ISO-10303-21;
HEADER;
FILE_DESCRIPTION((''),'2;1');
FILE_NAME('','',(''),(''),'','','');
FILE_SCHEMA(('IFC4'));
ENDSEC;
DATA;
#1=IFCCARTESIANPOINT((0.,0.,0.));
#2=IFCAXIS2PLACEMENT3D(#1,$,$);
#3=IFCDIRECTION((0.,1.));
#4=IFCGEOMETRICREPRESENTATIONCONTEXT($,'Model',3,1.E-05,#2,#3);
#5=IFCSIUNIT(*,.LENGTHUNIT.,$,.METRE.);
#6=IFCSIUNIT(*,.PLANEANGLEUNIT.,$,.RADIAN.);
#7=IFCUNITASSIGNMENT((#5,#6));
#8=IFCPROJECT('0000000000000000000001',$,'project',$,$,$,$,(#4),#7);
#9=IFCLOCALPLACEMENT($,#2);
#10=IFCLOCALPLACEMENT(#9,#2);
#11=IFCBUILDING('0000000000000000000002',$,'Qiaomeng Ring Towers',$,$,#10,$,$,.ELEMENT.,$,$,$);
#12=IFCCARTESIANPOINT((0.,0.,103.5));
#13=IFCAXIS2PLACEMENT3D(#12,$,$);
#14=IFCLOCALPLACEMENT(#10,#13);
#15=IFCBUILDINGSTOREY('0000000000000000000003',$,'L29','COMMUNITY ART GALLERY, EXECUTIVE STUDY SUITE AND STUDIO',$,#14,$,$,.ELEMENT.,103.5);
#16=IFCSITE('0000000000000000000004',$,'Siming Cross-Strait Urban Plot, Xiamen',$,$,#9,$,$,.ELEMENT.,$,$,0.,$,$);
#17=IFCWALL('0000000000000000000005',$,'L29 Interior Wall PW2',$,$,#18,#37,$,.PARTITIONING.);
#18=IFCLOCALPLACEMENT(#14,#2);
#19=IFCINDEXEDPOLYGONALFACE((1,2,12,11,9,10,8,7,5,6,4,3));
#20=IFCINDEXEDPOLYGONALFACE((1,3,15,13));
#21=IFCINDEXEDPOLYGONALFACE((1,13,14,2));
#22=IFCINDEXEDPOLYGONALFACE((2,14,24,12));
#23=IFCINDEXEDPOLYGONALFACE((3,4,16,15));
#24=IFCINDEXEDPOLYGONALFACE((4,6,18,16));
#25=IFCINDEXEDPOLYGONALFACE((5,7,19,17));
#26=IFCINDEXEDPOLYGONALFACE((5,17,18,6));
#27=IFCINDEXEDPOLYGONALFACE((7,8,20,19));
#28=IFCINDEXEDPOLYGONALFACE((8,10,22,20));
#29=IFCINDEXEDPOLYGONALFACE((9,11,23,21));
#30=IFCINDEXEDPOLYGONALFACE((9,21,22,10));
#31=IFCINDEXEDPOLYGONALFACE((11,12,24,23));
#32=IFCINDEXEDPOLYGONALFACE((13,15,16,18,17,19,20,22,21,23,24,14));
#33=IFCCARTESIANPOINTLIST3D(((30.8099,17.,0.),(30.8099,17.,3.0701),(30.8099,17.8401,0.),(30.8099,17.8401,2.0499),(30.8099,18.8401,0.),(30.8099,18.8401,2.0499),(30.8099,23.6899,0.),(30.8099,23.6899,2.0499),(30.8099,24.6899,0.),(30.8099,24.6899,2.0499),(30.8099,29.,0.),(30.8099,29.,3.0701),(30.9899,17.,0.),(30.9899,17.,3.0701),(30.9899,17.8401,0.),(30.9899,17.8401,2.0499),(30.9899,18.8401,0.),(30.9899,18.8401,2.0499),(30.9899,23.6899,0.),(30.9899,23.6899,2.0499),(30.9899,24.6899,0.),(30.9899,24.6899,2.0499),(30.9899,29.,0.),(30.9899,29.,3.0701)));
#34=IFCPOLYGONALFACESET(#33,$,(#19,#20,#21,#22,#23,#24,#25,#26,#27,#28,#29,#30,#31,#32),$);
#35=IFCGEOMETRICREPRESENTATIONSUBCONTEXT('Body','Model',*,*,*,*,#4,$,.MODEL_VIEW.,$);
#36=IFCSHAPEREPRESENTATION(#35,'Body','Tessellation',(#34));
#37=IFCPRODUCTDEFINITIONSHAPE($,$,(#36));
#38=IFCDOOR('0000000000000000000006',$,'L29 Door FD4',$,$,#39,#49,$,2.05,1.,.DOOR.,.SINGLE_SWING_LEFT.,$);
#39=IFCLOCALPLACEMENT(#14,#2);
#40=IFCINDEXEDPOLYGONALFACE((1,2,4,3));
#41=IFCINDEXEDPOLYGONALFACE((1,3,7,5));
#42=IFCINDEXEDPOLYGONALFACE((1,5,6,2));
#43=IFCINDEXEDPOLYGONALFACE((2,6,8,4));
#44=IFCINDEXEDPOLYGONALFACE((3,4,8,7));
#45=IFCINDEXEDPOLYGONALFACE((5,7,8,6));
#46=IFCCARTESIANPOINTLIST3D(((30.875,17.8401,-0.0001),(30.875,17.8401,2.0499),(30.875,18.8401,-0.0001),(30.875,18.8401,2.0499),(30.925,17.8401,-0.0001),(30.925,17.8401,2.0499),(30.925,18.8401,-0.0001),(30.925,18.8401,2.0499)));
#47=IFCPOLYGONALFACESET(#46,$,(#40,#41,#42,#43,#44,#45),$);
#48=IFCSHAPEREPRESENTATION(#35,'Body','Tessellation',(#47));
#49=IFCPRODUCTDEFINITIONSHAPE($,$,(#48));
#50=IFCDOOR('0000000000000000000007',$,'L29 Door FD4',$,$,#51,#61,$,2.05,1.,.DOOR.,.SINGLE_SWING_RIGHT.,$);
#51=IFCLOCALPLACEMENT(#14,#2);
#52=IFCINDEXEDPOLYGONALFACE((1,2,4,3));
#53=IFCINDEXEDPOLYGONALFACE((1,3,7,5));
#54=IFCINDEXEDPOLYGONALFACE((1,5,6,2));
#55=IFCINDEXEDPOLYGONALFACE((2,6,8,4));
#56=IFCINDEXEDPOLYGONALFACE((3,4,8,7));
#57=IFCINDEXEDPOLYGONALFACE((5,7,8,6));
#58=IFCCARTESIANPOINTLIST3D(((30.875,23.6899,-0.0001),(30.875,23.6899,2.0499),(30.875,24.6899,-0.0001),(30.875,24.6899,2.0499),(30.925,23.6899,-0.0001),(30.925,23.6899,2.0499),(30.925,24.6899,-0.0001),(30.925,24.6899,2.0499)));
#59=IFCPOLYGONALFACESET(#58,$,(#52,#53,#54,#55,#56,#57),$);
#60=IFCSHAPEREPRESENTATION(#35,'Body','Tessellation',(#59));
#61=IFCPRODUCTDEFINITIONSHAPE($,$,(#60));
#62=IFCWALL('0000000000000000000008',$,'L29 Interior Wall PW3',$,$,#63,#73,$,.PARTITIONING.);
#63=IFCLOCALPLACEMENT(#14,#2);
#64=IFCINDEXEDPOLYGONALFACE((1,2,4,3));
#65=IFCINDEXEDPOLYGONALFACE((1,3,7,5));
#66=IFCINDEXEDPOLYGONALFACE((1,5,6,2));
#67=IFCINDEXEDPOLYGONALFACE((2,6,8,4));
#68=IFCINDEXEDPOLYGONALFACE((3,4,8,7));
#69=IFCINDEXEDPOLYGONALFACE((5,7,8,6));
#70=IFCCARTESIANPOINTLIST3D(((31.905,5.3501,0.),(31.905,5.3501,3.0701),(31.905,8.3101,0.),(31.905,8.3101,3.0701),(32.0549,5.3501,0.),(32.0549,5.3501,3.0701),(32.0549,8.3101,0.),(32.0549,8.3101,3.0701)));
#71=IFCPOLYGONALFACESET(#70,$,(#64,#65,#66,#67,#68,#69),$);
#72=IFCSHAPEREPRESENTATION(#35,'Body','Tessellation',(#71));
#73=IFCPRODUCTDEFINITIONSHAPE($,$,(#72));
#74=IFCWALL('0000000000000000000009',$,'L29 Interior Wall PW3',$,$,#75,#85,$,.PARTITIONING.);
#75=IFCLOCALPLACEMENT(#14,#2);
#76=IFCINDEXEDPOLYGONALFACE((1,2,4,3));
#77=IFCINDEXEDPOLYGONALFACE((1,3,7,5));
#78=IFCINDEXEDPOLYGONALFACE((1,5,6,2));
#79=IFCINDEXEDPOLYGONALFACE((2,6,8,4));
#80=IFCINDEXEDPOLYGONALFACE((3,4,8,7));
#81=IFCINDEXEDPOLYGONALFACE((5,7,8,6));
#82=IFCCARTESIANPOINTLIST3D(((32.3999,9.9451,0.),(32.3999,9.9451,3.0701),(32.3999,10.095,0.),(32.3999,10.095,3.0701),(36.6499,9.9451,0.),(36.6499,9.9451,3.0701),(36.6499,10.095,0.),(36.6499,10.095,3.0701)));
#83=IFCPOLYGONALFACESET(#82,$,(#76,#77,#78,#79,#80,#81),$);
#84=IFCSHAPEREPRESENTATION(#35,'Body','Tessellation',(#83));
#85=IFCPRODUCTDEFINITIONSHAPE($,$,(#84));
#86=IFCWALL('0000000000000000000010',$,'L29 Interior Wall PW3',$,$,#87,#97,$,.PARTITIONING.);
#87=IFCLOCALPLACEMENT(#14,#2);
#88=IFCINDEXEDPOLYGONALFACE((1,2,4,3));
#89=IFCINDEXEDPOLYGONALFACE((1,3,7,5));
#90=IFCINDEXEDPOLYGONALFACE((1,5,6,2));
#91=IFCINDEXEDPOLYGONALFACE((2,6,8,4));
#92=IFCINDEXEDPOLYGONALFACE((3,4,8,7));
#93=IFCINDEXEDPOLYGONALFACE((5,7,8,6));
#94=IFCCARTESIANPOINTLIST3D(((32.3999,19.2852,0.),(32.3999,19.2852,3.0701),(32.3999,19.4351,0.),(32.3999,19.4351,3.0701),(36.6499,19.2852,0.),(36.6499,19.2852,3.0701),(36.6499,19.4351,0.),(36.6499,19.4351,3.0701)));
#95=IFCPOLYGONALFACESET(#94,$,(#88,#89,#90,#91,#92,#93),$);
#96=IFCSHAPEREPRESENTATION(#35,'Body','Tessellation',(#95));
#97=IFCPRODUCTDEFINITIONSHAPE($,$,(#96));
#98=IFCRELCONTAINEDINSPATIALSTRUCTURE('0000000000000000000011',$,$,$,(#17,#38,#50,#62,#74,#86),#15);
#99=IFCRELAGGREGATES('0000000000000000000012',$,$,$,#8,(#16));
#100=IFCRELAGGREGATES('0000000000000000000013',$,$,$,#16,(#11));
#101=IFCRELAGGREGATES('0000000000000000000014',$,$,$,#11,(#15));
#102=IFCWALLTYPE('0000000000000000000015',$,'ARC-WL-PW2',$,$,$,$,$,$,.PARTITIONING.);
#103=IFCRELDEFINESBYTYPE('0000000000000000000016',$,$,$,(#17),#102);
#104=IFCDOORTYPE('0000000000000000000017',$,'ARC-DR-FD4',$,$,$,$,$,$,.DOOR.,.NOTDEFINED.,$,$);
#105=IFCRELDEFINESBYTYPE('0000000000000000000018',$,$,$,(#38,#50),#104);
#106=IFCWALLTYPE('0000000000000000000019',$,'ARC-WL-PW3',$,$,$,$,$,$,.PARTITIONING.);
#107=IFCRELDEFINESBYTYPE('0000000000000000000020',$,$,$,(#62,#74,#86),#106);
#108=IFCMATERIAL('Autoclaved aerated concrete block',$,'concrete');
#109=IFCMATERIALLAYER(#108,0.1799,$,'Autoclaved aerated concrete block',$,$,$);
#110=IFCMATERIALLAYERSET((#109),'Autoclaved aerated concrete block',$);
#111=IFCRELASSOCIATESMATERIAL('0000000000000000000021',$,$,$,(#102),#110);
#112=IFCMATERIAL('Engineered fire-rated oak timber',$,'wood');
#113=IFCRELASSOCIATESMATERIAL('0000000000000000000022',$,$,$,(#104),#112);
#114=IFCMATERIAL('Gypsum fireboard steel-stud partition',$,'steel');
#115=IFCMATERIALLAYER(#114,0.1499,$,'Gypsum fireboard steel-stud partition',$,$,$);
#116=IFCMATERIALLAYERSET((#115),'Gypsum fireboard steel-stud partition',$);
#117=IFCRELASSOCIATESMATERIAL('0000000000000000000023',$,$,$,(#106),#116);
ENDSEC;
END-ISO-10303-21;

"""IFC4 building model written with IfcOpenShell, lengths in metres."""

from ifc_helpers import new_model, si_unit, direction, frame, frame_2d, origin, place, context, subcontext, project, spatial, rectangle, extrude, source, transform, mapped, material, layer, layer_set, type_object, element, fill, save


model = new_model("IFC4")

# Units and contexts
model_context = context("Model", 3, precision=1e-05, world=origin(), true_north=direction((0.0, 1.0)))
body_context = subcontext(model_context, "Body", "Model", "MODEL_VIEW")
ifc_project = project(units=[si_unit("LENGTHUNIT", "METRE"), si_unit("PLANEANGLEUNIT", "RADIAN")], contexts=[model_context])

# Site, building, storey
site_placement = place(None, origin())
site = spatial("IfcSite", under=ifc_project, at=site_placement, Name="Siming Cross-Strait Urban Plot, Xiamen", CompositionType="ELEMENT", RefElevation=0.0)
building_placement = place(site_placement, origin())
building = spatial("IfcBuilding", under=site, at=building_placement, Name="Qiaomeng Ring Towers", CompositionType="ELEMENT")
storey_placement = place(building_placement, frame((0.0, 0.0, 103.5)))
storey = spatial("IfcBuildingStorey", under=building, at=storey_placement, Name="L29", Description="COMMUNITY ART GALLERY, EXECUTIVE STUDY SUITE AND STUDIO", CompositionType="ELEMENT", Elevation=103.5)

# Shared definitions
ifc_material_1 = material(Name="Autoclaved aerated concrete block", Category="concrete")

# Wall, openings, doors
ifc_layer_1 = layer(ifc_material_1, 0.1799, Name="Autoclaved aerated concrete block")
ifc_layer_set_1 = layer_set([ifc_layer_1], Name="Autoclaved aerated concrete block")
wall_type_1 = type_object("IfcWallType", Name="ARC-WL-PW2", PredefinedType="PARTITIONING", material=ifc_layer_set_1)
ifc_material_2 = material(Name="Engineered fire-rated oak timber", Category="wood")
door_type_1 = type_object("IfcDoorType", Name="ARC-DR-FD4", OperationType="NOTDEFINED", PredefinedType="DOOR", material=ifc_material_2)
shared_shape_1 = source(origin(), body_context, "Body", "SweptSolid", [
    extrude(rectangle(XDim=1.0, YDim=2.05, at=frame_2d((0.5, 1.0249))), frame((0.0, 0.0249, 0.0), z_axis=(0.0, -1.0, 0.0), x_axis=(1.0, 0.0, 0.0)), (0.0, 0.0, 1.0), 0.05),
])
wall_1_placement = place(storey_placement, frame((30.8999, 17.0, 0.0), z_axis=(0.0, 0.0, 1.0), x_axis=(0.0, 1.0, 0.0)))
wall_1 = element("IfcWall", 1, at=wall_1_placement, inside=storey, type_object=wall_type_1, Name="L29 Interior Wall PW2", PredefinedType="PARTITIONING", context=body_context, shape_type="SweptSolid", body=[
    extrude(rectangle(XDim=12.0, YDim=0.1799, at=frame_2d((6.0, 0.0))), origin(), (0.0, 0.0, 1.0), 3.0701),
])
opening_1_placement = place(wall_1_placement, frame((0.8401, 0.0, 0.0)))
opening_1 = element("IfcOpeningElement", 2, at=opening_1_placement, cuts=wall_1, PredefinedType="OPENING", context=body_context, shape_type="SweptSolid", body=[
    extrude(rectangle(XDim=1.0, YDim=2.05, at=frame_2d((0.5, 1.0249))), frame((0.0, 0.0999, 0.0), z_axis=(0.0, -1.0, 0.0), x_axis=(1.0, 0.0, 0.0)), (0.0, 0.0, 1.0), 0.2),
])
opening_2_placement = place(wall_1_placement, frame((6.6899, 0.0, 0.0)))
opening_2 = element("IfcOpeningElement", 3, at=opening_2_placement, cuts=wall_1, PredefinedType="OPENING", context=body_context, shape_type="SweptSolid", body=[
    extrude(rectangle(XDim=1.0, YDim=2.05, at=frame_2d((0.5, 1.0249))), frame((0.0, 0.0999, 0.0), z_axis=(0.0, -1.0, 0.0), x_axis=(1.0, 0.0, 0.0)), (0.0, 0.0, 1.0), 0.2),
])
door_1_placement = place(opening_1_placement, origin())
door_1 = element("IfcDoor", 4, at=door_1_placement, inside=storey, type_object=door_type_1, Name="L29 Door FD4", OperationType="SINGLE_SWING_LEFT", OverallHeight=2.05, OverallWidth=1.0, PredefinedType="DOOR", context=body_context, shape_type="MappedRepresentation", body=[
    mapped(shared_shape_1, transform((0.0, 0.0, 0.0), x_axis=(1.0, 0.0, 0.0), y_axis=(0.0, 1.0, 0.0), z_axis=(0.0, 0.0, 1.0), scale=1.0)),
])
fill(opening_1, door_1)
door_2_placement = place(opening_2_placement, origin())
door_2 = element("IfcDoor", 5, at=door_2_placement, inside=storey, type_object=door_type_1, Name="L29 Door FD4", OperationType="SINGLE_SWING_RIGHT", OverallHeight=2.05, OverallWidth=1.0, PredefinedType="DOOR", context=body_context, shape_type="MappedRepresentation", body=[
    mapped(shared_shape_1, transform((0.0, 0.0, 0.0), x_axis=(1.0, 0.0, 0.0), y_axis=(0.0, 1.0, 0.0), z_axis=(0.0, 0.0, 1.0), scale=1.0)),
])
fill(opening_2, door_2)

# Walls
ifc_material_3 = material(Name="Gypsum fireboard steel-stud partition", Category="steel")
ifc_layer_2 = layer(ifc_material_3, 0.1499, Name="Gypsum fireboard steel-stud partition")
ifc_layer_set_2 = layer_set([ifc_layer_2], Name="Gypsum fireboard steel-stud partition")
wall_type_2 = type_object("IfcWallType", Name="ARC-WL-PW3", PredefinedType="PARTITIONING", material=ifc_layer_set_2)
wall_2_placement = place(storey_placement, frame((31.98, 5.3501, 0.0), z_axis=(0.0, 0.0, 1.0), x_axis=(0.0, 1.0, 0.0)))
element("IfcWall", 6, at=wall_2_placement, inside=storey, type_object=wall_type_2, Name="L29 Interior Wall PW3", PredefinedType="PARTITIONING", context=body_context, shape_type="SweptSolid", body=[
    extrude(rectangle(XDim=2.96, YDim=0.1499, at=frame_2d((1.48, 0.0))), origin(), (0.0, 0.0, 1.0), 3.0701),
])
for number, where, z_axis, x_axis, name in (
    (7, (32.3999, 10.02, 0.0), (0.0, 0.0, 1.0), (1.0, 0.0, 0.0), "L29 Interior Wall PW3"),
    (8, (32.3999, 19.3601, 0.0), (0.0, 0.0, 1.0), (1.0, 0.0, 0.0), "L29 Interior Wall PW3"),
):
    element("IfcWall", number, at=place(storey_placement, frame(where, z_axis=z_axis, x_axis=x_axis)), inside=storey, type_object=wall_type_2, Name=name, PredefinedType="PARTITIONING", context=body_context, shape_type="SweptSolid", body=[
        extrude(rectangle(XDim=4.25, YDim=0.1499, at=frame_2d((2.125, 0.0))), origin(), (0.0, 0.0, 1.0), 3.0701),
    ])

save(model, "model.ifc")
